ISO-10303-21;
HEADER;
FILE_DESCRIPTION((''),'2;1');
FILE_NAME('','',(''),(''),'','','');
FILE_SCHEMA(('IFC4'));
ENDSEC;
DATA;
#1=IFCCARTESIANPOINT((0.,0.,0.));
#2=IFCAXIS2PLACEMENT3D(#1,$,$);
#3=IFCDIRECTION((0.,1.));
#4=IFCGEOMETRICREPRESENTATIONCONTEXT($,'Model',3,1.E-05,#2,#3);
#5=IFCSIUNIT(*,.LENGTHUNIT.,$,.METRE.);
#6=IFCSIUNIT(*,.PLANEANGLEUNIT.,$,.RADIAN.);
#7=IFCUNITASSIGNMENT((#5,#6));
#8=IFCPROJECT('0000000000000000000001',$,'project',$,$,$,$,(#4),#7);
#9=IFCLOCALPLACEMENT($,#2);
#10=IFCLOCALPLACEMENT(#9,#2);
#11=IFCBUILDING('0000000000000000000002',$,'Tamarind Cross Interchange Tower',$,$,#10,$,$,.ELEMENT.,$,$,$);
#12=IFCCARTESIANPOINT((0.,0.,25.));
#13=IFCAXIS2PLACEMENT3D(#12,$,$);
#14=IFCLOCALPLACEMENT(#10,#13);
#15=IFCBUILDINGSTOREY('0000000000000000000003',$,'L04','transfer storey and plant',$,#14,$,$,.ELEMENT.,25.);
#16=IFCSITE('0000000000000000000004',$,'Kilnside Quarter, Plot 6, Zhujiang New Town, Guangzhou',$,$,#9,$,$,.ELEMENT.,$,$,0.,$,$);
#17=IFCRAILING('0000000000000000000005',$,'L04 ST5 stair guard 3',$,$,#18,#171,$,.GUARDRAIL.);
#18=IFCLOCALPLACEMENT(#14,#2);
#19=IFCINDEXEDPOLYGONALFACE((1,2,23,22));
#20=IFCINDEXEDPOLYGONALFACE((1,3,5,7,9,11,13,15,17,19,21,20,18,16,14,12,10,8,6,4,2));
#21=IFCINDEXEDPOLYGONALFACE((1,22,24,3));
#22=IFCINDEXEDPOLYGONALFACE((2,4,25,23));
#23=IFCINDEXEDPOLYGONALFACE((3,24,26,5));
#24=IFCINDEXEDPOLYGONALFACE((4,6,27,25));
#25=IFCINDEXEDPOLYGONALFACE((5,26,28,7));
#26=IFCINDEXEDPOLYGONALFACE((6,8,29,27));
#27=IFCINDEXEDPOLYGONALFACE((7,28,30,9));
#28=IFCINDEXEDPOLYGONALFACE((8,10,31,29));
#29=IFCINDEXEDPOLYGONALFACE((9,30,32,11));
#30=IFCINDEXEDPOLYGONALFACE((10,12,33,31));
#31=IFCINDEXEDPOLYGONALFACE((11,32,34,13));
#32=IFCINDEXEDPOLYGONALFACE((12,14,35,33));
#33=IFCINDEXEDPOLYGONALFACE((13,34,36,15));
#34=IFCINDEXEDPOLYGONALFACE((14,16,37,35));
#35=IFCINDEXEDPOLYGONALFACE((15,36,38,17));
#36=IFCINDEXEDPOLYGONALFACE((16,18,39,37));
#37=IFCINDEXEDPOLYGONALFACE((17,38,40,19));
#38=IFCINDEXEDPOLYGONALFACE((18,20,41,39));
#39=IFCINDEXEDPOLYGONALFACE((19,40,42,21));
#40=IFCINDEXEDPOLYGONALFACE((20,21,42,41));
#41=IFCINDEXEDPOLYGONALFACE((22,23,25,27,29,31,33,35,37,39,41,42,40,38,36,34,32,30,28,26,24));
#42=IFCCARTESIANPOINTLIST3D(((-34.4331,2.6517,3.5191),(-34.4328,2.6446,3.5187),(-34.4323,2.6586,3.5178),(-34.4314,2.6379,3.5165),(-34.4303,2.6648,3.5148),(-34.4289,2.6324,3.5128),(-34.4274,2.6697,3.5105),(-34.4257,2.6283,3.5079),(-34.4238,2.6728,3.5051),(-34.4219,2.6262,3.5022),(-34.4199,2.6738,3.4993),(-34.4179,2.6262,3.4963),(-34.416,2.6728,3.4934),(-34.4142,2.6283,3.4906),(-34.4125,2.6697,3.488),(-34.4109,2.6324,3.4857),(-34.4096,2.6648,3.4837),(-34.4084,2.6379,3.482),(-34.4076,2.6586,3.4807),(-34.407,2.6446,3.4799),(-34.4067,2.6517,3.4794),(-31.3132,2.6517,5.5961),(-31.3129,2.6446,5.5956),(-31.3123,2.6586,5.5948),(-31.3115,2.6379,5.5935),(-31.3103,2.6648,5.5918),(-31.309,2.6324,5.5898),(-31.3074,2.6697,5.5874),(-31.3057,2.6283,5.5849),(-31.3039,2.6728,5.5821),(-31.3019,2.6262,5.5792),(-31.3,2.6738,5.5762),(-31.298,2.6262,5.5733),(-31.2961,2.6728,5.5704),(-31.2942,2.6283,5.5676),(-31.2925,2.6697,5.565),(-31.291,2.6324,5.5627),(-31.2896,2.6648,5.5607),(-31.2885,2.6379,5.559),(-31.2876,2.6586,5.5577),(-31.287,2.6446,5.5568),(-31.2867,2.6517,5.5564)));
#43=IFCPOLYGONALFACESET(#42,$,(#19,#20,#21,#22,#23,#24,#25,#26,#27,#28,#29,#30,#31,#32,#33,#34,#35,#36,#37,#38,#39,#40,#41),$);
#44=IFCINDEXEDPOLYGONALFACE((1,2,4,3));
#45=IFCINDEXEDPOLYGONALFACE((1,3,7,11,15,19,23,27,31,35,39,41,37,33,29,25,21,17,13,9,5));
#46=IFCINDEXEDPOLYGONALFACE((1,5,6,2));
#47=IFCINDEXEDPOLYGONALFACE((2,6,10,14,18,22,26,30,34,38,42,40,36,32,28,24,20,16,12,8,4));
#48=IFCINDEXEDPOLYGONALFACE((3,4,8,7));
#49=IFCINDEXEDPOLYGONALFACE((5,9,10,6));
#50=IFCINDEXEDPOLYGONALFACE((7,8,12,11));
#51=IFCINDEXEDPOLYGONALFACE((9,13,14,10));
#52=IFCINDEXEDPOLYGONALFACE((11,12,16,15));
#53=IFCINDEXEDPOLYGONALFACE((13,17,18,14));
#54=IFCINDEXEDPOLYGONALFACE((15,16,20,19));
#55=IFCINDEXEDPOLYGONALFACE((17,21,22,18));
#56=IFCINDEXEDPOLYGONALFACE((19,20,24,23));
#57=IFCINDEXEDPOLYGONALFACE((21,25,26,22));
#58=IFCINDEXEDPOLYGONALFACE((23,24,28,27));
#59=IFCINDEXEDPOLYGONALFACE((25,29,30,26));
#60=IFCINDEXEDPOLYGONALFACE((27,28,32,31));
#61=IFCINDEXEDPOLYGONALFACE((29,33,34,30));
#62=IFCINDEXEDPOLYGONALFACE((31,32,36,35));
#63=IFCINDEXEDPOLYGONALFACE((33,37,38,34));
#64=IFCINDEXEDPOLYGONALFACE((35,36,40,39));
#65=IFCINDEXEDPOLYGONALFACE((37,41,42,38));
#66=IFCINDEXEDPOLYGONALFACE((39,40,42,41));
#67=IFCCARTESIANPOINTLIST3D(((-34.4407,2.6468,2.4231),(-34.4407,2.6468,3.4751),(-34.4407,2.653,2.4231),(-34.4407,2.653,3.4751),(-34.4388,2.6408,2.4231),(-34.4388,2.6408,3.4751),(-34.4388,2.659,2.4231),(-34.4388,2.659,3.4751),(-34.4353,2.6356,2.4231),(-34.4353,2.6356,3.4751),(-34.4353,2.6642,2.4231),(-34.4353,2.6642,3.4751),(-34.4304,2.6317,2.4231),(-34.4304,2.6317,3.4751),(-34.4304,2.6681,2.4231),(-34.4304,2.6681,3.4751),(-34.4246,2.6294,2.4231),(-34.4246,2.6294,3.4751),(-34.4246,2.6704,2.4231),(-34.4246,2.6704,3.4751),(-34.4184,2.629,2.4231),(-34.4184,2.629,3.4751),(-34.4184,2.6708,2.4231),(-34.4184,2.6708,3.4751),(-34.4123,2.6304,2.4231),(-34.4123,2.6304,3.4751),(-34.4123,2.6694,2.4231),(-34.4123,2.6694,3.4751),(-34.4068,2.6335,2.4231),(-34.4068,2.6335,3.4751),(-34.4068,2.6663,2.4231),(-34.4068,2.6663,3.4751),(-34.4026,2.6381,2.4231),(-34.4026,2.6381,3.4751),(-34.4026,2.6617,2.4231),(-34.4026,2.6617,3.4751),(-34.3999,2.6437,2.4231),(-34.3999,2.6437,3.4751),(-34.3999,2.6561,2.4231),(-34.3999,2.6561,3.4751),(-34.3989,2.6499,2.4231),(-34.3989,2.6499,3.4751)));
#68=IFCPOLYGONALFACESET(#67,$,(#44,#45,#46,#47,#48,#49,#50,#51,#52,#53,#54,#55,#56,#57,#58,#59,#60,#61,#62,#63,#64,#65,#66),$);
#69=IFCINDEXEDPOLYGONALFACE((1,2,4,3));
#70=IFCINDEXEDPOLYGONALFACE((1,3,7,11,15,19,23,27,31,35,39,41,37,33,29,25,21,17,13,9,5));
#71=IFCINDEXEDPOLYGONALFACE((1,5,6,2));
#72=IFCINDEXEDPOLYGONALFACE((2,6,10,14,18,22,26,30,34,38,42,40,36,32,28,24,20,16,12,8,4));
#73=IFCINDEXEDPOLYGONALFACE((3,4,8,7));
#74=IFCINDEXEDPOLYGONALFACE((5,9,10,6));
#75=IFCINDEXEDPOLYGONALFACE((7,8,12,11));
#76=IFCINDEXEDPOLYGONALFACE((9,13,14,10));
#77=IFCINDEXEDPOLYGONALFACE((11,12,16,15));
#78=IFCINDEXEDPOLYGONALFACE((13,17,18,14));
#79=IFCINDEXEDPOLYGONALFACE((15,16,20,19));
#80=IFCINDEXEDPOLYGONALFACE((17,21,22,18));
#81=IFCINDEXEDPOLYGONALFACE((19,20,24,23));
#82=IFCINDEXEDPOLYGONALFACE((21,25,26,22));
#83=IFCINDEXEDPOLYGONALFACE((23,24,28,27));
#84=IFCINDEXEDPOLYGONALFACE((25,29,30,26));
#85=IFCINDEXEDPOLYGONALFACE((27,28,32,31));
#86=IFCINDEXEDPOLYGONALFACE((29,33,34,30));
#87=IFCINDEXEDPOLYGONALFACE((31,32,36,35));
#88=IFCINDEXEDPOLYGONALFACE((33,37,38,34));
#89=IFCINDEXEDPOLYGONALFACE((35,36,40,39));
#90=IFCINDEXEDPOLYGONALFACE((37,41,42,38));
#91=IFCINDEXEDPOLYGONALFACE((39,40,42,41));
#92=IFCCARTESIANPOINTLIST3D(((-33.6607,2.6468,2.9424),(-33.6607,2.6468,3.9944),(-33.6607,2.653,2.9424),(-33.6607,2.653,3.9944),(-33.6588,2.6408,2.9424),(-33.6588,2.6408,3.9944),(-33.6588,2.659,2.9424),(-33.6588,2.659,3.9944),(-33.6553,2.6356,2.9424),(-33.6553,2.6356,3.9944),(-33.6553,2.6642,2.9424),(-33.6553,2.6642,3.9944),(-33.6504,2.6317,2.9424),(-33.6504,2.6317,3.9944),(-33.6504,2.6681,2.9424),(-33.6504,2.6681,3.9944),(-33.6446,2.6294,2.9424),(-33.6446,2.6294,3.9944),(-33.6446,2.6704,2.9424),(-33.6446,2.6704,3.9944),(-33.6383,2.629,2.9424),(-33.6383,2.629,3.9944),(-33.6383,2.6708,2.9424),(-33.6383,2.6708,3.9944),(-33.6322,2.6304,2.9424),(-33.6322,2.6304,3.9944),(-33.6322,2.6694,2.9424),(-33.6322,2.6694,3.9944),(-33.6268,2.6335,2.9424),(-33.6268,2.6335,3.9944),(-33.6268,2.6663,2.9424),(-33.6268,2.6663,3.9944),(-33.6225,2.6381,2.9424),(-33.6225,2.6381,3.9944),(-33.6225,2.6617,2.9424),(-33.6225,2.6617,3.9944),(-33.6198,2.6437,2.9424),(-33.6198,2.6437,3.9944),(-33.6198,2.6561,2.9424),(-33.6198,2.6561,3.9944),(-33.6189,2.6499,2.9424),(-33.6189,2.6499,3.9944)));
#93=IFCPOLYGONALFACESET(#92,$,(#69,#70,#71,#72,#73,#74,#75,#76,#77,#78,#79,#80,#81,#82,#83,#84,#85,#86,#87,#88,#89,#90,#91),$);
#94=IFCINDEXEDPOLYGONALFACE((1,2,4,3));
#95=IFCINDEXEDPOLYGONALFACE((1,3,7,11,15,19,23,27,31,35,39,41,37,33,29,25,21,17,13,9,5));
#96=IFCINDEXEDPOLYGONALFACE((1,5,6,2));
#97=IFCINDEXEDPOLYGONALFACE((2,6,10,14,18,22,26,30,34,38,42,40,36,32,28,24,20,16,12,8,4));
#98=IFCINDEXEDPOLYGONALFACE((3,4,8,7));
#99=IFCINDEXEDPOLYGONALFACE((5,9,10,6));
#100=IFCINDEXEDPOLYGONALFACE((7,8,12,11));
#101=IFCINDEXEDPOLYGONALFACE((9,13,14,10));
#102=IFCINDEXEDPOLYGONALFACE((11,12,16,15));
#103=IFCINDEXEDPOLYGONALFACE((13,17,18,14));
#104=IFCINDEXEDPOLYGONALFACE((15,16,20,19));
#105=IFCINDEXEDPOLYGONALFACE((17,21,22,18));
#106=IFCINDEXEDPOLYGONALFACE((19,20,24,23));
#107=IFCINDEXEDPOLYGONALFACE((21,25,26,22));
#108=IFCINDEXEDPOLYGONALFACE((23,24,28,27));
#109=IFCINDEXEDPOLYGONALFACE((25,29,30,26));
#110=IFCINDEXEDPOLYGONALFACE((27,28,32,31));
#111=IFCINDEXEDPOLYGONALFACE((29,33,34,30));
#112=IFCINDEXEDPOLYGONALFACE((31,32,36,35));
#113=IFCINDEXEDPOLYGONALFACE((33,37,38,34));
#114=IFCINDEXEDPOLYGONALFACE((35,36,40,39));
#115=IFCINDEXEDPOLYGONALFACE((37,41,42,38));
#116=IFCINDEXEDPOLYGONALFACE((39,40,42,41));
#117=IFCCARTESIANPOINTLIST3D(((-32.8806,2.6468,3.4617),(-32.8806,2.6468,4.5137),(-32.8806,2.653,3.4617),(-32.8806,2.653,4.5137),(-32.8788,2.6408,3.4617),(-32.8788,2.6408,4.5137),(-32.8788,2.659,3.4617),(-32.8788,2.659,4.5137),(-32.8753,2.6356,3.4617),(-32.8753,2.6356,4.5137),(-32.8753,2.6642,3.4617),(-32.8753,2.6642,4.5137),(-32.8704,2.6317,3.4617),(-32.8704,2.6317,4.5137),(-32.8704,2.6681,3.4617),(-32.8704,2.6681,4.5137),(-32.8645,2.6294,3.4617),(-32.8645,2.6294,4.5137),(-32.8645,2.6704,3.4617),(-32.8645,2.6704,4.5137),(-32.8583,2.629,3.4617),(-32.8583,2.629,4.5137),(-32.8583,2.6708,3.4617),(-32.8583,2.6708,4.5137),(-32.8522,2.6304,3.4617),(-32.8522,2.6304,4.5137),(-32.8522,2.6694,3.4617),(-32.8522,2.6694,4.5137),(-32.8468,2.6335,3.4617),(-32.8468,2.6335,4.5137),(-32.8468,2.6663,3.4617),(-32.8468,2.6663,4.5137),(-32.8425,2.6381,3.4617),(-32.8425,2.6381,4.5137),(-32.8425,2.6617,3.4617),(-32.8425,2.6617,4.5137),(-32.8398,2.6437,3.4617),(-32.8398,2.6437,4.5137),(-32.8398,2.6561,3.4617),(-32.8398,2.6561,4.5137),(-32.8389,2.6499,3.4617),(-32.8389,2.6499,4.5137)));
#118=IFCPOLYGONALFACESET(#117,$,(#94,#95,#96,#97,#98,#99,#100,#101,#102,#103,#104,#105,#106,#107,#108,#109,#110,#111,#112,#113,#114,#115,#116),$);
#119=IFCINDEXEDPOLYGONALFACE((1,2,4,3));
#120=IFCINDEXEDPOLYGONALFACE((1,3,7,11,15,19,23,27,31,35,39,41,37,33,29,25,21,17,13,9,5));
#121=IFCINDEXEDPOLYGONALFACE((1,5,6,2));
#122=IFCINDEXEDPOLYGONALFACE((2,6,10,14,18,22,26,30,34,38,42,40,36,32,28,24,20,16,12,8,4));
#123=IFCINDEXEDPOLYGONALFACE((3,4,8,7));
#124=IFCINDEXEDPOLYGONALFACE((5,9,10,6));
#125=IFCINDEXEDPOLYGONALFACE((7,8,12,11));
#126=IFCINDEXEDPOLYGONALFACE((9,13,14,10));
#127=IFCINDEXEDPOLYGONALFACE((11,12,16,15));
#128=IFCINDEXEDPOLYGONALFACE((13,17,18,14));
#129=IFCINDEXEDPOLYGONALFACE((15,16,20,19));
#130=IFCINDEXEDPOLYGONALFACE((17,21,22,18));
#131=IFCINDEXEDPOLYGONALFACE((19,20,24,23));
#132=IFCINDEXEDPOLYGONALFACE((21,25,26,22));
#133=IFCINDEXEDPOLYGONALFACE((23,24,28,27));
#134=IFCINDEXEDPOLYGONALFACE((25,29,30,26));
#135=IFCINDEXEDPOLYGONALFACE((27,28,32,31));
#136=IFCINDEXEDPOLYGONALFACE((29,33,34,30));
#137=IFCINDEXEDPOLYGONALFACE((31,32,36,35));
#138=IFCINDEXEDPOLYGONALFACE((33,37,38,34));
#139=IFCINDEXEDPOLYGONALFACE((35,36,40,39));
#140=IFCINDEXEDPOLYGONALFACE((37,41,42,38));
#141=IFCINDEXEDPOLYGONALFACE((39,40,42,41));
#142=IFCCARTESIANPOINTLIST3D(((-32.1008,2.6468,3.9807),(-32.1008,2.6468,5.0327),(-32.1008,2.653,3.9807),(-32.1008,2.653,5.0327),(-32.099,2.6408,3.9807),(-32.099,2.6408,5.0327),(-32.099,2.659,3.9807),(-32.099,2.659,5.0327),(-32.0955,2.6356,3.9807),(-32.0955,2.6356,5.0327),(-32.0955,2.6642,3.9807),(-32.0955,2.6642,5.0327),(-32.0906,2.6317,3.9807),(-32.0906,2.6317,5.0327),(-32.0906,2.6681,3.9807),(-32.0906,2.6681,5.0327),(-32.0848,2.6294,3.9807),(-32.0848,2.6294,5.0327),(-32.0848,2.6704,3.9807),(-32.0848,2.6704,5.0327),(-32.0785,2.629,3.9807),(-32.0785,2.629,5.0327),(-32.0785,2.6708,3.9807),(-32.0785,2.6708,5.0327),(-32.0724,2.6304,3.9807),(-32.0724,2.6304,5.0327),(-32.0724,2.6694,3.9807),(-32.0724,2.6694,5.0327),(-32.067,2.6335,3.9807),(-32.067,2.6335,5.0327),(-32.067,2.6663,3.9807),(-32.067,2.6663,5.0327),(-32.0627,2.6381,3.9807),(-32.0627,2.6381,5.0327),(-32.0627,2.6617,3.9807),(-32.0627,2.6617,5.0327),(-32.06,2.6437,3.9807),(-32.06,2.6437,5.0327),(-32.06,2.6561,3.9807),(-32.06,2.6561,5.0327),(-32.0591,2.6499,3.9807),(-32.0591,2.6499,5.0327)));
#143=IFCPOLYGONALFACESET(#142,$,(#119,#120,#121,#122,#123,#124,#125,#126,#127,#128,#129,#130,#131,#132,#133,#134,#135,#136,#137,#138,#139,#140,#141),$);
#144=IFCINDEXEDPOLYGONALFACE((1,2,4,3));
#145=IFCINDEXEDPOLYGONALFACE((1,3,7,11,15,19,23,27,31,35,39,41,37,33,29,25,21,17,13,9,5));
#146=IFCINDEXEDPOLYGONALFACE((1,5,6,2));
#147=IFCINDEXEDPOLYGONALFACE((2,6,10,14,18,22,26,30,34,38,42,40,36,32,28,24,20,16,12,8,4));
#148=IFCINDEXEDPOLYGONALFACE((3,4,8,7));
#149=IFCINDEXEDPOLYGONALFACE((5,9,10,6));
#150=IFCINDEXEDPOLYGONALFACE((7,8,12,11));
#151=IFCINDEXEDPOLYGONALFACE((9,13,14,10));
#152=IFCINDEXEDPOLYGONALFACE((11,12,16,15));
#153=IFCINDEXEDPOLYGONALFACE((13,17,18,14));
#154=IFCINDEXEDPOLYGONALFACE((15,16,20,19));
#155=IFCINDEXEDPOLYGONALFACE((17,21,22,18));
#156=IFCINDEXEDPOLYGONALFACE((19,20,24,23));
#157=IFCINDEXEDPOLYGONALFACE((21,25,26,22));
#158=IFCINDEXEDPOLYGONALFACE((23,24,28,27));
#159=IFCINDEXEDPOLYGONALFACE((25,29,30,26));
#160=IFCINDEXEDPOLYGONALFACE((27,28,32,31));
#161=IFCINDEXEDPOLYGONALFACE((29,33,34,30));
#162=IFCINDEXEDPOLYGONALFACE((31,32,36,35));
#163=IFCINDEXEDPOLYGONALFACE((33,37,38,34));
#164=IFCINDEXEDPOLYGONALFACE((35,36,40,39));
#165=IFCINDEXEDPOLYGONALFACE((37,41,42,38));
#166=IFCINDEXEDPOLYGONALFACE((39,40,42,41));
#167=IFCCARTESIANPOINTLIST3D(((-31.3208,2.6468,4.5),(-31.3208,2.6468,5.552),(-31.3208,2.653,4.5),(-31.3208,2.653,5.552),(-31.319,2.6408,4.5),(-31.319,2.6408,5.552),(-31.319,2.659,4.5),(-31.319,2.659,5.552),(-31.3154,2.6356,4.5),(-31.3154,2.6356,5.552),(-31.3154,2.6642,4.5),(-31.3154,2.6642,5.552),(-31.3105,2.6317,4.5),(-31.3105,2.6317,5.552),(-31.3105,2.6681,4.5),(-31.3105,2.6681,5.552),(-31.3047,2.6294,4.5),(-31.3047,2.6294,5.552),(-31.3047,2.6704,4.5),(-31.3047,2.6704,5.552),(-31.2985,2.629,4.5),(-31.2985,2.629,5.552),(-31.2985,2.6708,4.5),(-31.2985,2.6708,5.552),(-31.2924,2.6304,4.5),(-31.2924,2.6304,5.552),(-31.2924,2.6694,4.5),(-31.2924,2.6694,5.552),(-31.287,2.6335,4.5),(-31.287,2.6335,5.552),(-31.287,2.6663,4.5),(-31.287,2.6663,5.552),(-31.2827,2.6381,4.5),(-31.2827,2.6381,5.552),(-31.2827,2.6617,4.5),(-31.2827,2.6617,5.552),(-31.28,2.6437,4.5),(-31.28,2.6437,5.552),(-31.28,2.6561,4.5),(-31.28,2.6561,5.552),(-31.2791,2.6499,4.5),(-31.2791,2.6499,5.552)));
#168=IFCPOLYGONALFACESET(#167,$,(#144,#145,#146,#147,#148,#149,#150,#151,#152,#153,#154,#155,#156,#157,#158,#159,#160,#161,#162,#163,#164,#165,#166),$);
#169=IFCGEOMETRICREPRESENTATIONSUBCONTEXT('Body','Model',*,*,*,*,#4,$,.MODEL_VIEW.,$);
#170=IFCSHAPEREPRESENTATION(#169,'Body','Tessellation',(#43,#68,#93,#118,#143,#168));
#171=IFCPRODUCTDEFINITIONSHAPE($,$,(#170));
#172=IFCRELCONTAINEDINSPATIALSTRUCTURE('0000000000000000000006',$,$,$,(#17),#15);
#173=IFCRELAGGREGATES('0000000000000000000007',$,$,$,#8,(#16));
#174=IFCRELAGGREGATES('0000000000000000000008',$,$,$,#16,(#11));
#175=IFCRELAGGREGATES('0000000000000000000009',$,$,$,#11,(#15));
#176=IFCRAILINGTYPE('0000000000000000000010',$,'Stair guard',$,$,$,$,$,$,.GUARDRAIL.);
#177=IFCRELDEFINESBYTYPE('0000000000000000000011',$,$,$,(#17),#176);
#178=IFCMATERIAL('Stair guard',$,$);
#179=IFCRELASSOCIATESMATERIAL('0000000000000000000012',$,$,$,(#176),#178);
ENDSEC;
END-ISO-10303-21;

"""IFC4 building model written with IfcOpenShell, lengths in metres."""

from ifc_helpers import new_model, si_unit, direction, frame, origin, origin_2d, place, context, subcontext, project, spatial, circle, extrude, material, type_object, element, save


model = new_model("IFC4")

# Units and contexts
model_context = context("Model", 3, precision=1e-05, world=origin(), true_north=direction((0.0, 1.0)))
body_context = subcontext(model_context, "Body", "Model", "MODEL_VIEW")
ifc_project = project(units=[si_unit("LENGTHUNIT", "METRE"), si_unit("PLANEANGLEUNIT", "RADIAN")], contexts=[model_context])

# Site, building, storey
site_placement = place(None, origin())
site = spatial("IfcSite", under=ifc_project, at=site_placement, Name="Kilnside Quarter, Plot 6, Zhujiang New Town, Guangzhou", CompositionType="ELEMENT", RefElevation=0.0)
building_placement = place(site_placement, origin())
building = spatial("IfcBuilding", under=site, at=building_placement, Name="Tamarind Cross Interchange Tower", CompositionType="ELEMENT")
storey_placement = place(building_placement, frame((0.0, 0.0, 25.0)))
storey = spatial("IfcBuildingStorey", under=building, at=storey_placement, Name="L04", Description="transfer storey and plant", CompositionType="ELEMENT", Elevation=25.0)

# Railing
ifc_material_1 = material(Name="Stair guard")
railing_type_1 = type_object("IfcRailingType", Name="Stair guard", PredefinedType="GUARDRAIL", material=ifc_material_1)
railing_1_placement = place(storey_placement, frame((-34.4199, 2.6499, 2.4231)))
element("IfcRailing", 1, at=railing_1_placement, inside=storey, type_object=railing_type_1, Name="L04 ST5 stair guard 3", PredefinedType="GUARDRAIL", context=body_context, shape_type="SweptSolid", body=[
    extrude(circle(Radius=0.0239, at=origin_2d()), frame((0.0, 0.0, 1.0762), z_axis=(0.832421, 0.0, 0.554144), x_axis=(0.0, 1.0, 0.0)), (0.0, 0.0, 1.0), 3.748),
    extrude(circle(Radius=0.021, at=origin_2d()), origin(), (0.0, 0.0, 1.0), 1.052),
    extrude(circle(Radius=0.021, at=origin_2d()), frame((0.78, 0.0, 0.5193)), (0.0, 0.0, 1.0), 1.052),
    extrude(circle(Radius=0.021, at=origin_2d()), frame((1.5601, 0.0, 1.0386)), (0.0, 0.0, 1.0), 1.052),
    extrude(circle(Radius=0.021, at=origin_2d()), frame((2.3398, 0.0, 1.5576)), (0.0, 0.0, 1.0), 1.052),
    extrude(circle(Radius=0.021, at=origin_2d()), frame((3.1199, 0.0, 2.0769)), (0.0, 0.0, 1.0), 1.052),
])

save(model, "model.ifc")
